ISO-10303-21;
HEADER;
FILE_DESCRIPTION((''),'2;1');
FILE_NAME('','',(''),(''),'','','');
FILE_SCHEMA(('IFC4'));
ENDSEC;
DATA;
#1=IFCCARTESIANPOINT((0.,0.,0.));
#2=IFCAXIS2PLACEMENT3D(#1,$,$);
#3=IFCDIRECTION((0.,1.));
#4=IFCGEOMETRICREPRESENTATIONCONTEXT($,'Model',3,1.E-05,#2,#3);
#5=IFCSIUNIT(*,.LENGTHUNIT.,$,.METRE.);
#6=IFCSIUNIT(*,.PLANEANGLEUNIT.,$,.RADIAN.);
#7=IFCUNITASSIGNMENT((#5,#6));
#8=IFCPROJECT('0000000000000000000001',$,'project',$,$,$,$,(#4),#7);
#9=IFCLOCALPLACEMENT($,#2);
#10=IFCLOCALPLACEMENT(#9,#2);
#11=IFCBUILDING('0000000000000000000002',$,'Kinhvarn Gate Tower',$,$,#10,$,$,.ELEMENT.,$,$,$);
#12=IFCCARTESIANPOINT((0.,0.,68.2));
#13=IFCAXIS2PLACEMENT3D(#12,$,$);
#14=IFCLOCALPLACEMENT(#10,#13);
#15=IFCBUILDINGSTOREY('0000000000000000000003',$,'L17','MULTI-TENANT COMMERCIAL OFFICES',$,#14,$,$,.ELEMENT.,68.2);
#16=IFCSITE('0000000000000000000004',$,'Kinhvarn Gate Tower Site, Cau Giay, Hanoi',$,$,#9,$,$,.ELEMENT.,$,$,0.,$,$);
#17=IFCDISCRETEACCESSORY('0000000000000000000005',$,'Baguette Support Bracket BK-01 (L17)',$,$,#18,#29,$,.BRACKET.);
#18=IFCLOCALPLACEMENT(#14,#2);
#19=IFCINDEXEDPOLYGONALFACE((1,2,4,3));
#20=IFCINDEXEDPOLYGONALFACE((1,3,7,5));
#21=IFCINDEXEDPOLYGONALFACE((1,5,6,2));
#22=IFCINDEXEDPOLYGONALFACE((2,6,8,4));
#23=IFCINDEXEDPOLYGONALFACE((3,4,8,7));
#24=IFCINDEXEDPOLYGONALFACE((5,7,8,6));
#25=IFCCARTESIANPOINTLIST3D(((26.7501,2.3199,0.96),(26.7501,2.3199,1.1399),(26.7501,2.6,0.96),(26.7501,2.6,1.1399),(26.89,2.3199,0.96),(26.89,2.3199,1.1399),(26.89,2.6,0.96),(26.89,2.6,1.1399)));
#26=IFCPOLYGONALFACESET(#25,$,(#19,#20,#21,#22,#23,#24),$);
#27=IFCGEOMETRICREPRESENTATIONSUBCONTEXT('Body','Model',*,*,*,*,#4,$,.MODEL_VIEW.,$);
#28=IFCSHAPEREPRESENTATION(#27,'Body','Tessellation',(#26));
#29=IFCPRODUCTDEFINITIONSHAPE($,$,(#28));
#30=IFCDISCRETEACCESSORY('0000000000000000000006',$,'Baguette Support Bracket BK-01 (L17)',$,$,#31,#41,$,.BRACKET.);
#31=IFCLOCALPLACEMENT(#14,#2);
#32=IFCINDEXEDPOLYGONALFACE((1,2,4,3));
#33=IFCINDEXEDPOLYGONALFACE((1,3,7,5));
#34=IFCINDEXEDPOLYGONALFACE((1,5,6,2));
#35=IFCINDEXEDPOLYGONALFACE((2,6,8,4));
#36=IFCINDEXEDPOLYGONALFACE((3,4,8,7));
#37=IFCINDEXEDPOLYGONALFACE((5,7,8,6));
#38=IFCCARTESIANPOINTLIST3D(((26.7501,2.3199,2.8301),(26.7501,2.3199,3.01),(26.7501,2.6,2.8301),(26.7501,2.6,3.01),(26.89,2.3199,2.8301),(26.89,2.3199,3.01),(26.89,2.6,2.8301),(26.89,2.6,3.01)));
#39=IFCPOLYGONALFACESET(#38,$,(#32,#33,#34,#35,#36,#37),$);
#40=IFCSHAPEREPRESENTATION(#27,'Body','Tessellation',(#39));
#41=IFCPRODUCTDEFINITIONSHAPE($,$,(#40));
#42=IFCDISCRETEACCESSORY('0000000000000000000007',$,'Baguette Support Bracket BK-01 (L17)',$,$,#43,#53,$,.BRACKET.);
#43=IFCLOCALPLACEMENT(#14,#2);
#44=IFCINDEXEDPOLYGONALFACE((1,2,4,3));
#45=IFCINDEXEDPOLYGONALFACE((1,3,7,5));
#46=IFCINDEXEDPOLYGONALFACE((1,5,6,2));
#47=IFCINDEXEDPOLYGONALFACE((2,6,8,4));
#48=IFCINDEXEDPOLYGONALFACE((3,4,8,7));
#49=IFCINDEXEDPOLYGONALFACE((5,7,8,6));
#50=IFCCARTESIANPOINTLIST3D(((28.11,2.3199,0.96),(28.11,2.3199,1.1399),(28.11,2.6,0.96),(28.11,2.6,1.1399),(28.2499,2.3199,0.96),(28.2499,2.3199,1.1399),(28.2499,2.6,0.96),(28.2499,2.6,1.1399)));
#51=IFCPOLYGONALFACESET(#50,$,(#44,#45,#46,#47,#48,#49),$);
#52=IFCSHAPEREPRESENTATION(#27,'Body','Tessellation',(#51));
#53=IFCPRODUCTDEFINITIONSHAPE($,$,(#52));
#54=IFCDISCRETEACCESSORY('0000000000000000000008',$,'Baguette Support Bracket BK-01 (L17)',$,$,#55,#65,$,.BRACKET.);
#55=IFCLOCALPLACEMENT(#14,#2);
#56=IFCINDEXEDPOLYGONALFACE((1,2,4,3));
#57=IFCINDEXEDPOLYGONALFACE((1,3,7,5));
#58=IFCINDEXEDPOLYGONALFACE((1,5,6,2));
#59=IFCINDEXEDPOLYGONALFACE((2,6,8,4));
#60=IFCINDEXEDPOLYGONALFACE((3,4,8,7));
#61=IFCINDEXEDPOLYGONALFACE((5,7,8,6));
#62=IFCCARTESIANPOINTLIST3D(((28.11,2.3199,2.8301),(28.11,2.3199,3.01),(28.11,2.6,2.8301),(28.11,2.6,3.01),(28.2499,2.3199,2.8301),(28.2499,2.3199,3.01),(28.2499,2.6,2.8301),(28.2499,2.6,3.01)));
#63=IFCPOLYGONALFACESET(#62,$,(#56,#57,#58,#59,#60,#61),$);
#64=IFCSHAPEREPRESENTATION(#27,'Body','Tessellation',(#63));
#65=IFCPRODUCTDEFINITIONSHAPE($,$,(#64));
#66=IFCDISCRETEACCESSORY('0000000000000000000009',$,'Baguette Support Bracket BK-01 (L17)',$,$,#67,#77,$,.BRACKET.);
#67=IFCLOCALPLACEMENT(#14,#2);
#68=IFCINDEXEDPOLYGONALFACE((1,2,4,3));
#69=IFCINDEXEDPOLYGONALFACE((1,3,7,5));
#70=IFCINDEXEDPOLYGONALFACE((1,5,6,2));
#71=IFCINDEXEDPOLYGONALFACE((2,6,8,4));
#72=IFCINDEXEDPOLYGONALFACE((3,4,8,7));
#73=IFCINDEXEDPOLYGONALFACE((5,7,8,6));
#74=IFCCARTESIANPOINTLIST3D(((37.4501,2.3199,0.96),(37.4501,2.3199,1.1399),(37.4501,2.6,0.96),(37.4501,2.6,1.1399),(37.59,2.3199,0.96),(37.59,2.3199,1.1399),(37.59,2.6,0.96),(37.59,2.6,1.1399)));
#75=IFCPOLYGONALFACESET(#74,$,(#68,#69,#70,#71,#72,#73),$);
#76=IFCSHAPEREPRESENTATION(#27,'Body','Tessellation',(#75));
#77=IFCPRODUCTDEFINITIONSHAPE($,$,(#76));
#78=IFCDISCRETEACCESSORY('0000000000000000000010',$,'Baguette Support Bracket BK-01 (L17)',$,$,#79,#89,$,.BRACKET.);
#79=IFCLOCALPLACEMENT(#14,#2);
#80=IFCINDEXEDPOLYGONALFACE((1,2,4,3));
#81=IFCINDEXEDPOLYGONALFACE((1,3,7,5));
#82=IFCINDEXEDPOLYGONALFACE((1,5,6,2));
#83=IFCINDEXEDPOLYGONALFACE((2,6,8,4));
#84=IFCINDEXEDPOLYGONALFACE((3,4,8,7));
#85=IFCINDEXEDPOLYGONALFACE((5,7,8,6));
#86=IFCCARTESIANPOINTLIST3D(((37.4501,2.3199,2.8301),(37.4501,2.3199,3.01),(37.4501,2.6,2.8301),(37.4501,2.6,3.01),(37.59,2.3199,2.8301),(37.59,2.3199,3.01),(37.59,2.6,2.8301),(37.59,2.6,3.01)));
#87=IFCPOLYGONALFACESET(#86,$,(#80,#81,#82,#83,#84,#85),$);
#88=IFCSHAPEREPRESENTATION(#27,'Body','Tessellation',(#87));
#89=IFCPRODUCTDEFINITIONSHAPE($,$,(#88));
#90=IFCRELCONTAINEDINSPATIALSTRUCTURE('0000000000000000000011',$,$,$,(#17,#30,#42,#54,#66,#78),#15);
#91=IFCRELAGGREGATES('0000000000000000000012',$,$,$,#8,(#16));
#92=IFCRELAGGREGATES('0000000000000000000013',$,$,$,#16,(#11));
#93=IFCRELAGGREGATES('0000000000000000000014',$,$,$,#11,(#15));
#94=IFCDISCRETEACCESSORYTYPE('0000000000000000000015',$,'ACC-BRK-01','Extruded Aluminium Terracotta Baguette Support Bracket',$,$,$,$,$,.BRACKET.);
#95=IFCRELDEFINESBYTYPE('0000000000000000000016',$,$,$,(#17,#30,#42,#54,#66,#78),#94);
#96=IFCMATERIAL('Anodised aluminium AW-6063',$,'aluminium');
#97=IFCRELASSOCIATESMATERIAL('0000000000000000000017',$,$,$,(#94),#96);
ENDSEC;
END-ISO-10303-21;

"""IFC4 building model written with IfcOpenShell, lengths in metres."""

from ifc_helpers import new_model, si_unit, direction, frame, origin, origin_2d, place, context, subcontext, project, spatial, rectangle, extrude, material, type_object, element, save


model = new_model("IFC4")

# Units and contexts
model_context = context("Model", 3, precision=1e-05, world=origin(), true_north=direction((0.0, 1.0)))
body_context = subcontext(model_context, "Body", "Model", "MODEL_VIEW")
ifc_project = project(units=[si_unit("LENGTHUNIT", "METRE"), si_unit("PLANEANGLEUNIT", "RADIAN")], contexts=[model_context])

# Site, building, storey
site_placement = place(None, origin())
site = spatial("IfcSite", under=ifc_project, at=site_placement, Name="Kinhvarn Gate Tower Site, Cau Giay, Hanoi", CompositionType="ELEMENT", RefElevation=0.0)
building_placement = place(site_placement, origin())
building = spatial("IfcBuilding", under=site, at=building_placement, Name="Kinhvarn Gate Tower", CompositionType="ELEMENT")
storey_placement = place(building_placement, frame((0.0, 0.0, 68.2)))
storey = spatial("IfcBuildingStorey", under=building, at=storey_placement, Name="L17", Description="MULTI-TENANT COMMERCIAL OFFICES", CompositionType="ELEMENT", Elevation=68.2)

# Shared definitions
ifc_material_1 = material(Name="Anodised aluminium AW-6063", Category="aluminium")

# Discrete accessories
discrete_accessory_type = type_object("IfcDiscreteAccessoryType", Name="ACC-BRK-01", Description="Extruded Aluminium Terracotta Baguette Support Bracket", PredefinedType="BRACKET", material=ifc_material_1)
for number, where, z_axis, x_axis, name in (
    (1, (26.8201, 2.46, 0.96), (0.0, 0.0, 1.0), (1.0, 0.0, 0.0), "Baguette Support Bracket BK-01 (L17)"),
    (2, (26.8201, 2.46, 2.8301), (0.0, 0.0, 1.0), (1.0, 0.0, 0.0), "Baguette Support Bracket BK-01 (L17)"),
    (3, (28.1799, 2.46, 0.96), (0.0, 0.0, 1.0), (1.0, 0.0, 0.0), "Baguette Support Bracket BK-01 (L17)"),
    (4, (28.1799, 2.46, 2.8301), (0.0, 0.0, 1.0), (1.0, 0.0, 0.0), "Baguette Support Bracket BK-01 (L17)"),
    (5, (37.52, 2.46, 0.96), (0.0, 0.0, 1.0), (1.0, 0.0, 0.0), "Baguette Support Bracket BK-01 (L17)"),
    (6, (37.52, 2.46, 2.8301), (0.0, 0.0, 1.0), (1.0, 0.0, 0.0), "Baguette Support Bracket BK-01 (L17)"),
):
    element("IfcDiscreteAccessory", number, at=place(storey_placement, frame(where, z_axis=z_axis, x_axis=x_axis)), inside=storey, type_object=discrete_accessory_type, Name=name, PredefinedType="BRACKET", context=body_context, shape_type="SweptSolid", body=[
        extrude(rectangle(XDim=0.1399, YDim=0.28, at=origin_2d()), origin(), (0.0, 0.0, 1.0), 0.1799),
    ])

save(model, "model.ifc")
